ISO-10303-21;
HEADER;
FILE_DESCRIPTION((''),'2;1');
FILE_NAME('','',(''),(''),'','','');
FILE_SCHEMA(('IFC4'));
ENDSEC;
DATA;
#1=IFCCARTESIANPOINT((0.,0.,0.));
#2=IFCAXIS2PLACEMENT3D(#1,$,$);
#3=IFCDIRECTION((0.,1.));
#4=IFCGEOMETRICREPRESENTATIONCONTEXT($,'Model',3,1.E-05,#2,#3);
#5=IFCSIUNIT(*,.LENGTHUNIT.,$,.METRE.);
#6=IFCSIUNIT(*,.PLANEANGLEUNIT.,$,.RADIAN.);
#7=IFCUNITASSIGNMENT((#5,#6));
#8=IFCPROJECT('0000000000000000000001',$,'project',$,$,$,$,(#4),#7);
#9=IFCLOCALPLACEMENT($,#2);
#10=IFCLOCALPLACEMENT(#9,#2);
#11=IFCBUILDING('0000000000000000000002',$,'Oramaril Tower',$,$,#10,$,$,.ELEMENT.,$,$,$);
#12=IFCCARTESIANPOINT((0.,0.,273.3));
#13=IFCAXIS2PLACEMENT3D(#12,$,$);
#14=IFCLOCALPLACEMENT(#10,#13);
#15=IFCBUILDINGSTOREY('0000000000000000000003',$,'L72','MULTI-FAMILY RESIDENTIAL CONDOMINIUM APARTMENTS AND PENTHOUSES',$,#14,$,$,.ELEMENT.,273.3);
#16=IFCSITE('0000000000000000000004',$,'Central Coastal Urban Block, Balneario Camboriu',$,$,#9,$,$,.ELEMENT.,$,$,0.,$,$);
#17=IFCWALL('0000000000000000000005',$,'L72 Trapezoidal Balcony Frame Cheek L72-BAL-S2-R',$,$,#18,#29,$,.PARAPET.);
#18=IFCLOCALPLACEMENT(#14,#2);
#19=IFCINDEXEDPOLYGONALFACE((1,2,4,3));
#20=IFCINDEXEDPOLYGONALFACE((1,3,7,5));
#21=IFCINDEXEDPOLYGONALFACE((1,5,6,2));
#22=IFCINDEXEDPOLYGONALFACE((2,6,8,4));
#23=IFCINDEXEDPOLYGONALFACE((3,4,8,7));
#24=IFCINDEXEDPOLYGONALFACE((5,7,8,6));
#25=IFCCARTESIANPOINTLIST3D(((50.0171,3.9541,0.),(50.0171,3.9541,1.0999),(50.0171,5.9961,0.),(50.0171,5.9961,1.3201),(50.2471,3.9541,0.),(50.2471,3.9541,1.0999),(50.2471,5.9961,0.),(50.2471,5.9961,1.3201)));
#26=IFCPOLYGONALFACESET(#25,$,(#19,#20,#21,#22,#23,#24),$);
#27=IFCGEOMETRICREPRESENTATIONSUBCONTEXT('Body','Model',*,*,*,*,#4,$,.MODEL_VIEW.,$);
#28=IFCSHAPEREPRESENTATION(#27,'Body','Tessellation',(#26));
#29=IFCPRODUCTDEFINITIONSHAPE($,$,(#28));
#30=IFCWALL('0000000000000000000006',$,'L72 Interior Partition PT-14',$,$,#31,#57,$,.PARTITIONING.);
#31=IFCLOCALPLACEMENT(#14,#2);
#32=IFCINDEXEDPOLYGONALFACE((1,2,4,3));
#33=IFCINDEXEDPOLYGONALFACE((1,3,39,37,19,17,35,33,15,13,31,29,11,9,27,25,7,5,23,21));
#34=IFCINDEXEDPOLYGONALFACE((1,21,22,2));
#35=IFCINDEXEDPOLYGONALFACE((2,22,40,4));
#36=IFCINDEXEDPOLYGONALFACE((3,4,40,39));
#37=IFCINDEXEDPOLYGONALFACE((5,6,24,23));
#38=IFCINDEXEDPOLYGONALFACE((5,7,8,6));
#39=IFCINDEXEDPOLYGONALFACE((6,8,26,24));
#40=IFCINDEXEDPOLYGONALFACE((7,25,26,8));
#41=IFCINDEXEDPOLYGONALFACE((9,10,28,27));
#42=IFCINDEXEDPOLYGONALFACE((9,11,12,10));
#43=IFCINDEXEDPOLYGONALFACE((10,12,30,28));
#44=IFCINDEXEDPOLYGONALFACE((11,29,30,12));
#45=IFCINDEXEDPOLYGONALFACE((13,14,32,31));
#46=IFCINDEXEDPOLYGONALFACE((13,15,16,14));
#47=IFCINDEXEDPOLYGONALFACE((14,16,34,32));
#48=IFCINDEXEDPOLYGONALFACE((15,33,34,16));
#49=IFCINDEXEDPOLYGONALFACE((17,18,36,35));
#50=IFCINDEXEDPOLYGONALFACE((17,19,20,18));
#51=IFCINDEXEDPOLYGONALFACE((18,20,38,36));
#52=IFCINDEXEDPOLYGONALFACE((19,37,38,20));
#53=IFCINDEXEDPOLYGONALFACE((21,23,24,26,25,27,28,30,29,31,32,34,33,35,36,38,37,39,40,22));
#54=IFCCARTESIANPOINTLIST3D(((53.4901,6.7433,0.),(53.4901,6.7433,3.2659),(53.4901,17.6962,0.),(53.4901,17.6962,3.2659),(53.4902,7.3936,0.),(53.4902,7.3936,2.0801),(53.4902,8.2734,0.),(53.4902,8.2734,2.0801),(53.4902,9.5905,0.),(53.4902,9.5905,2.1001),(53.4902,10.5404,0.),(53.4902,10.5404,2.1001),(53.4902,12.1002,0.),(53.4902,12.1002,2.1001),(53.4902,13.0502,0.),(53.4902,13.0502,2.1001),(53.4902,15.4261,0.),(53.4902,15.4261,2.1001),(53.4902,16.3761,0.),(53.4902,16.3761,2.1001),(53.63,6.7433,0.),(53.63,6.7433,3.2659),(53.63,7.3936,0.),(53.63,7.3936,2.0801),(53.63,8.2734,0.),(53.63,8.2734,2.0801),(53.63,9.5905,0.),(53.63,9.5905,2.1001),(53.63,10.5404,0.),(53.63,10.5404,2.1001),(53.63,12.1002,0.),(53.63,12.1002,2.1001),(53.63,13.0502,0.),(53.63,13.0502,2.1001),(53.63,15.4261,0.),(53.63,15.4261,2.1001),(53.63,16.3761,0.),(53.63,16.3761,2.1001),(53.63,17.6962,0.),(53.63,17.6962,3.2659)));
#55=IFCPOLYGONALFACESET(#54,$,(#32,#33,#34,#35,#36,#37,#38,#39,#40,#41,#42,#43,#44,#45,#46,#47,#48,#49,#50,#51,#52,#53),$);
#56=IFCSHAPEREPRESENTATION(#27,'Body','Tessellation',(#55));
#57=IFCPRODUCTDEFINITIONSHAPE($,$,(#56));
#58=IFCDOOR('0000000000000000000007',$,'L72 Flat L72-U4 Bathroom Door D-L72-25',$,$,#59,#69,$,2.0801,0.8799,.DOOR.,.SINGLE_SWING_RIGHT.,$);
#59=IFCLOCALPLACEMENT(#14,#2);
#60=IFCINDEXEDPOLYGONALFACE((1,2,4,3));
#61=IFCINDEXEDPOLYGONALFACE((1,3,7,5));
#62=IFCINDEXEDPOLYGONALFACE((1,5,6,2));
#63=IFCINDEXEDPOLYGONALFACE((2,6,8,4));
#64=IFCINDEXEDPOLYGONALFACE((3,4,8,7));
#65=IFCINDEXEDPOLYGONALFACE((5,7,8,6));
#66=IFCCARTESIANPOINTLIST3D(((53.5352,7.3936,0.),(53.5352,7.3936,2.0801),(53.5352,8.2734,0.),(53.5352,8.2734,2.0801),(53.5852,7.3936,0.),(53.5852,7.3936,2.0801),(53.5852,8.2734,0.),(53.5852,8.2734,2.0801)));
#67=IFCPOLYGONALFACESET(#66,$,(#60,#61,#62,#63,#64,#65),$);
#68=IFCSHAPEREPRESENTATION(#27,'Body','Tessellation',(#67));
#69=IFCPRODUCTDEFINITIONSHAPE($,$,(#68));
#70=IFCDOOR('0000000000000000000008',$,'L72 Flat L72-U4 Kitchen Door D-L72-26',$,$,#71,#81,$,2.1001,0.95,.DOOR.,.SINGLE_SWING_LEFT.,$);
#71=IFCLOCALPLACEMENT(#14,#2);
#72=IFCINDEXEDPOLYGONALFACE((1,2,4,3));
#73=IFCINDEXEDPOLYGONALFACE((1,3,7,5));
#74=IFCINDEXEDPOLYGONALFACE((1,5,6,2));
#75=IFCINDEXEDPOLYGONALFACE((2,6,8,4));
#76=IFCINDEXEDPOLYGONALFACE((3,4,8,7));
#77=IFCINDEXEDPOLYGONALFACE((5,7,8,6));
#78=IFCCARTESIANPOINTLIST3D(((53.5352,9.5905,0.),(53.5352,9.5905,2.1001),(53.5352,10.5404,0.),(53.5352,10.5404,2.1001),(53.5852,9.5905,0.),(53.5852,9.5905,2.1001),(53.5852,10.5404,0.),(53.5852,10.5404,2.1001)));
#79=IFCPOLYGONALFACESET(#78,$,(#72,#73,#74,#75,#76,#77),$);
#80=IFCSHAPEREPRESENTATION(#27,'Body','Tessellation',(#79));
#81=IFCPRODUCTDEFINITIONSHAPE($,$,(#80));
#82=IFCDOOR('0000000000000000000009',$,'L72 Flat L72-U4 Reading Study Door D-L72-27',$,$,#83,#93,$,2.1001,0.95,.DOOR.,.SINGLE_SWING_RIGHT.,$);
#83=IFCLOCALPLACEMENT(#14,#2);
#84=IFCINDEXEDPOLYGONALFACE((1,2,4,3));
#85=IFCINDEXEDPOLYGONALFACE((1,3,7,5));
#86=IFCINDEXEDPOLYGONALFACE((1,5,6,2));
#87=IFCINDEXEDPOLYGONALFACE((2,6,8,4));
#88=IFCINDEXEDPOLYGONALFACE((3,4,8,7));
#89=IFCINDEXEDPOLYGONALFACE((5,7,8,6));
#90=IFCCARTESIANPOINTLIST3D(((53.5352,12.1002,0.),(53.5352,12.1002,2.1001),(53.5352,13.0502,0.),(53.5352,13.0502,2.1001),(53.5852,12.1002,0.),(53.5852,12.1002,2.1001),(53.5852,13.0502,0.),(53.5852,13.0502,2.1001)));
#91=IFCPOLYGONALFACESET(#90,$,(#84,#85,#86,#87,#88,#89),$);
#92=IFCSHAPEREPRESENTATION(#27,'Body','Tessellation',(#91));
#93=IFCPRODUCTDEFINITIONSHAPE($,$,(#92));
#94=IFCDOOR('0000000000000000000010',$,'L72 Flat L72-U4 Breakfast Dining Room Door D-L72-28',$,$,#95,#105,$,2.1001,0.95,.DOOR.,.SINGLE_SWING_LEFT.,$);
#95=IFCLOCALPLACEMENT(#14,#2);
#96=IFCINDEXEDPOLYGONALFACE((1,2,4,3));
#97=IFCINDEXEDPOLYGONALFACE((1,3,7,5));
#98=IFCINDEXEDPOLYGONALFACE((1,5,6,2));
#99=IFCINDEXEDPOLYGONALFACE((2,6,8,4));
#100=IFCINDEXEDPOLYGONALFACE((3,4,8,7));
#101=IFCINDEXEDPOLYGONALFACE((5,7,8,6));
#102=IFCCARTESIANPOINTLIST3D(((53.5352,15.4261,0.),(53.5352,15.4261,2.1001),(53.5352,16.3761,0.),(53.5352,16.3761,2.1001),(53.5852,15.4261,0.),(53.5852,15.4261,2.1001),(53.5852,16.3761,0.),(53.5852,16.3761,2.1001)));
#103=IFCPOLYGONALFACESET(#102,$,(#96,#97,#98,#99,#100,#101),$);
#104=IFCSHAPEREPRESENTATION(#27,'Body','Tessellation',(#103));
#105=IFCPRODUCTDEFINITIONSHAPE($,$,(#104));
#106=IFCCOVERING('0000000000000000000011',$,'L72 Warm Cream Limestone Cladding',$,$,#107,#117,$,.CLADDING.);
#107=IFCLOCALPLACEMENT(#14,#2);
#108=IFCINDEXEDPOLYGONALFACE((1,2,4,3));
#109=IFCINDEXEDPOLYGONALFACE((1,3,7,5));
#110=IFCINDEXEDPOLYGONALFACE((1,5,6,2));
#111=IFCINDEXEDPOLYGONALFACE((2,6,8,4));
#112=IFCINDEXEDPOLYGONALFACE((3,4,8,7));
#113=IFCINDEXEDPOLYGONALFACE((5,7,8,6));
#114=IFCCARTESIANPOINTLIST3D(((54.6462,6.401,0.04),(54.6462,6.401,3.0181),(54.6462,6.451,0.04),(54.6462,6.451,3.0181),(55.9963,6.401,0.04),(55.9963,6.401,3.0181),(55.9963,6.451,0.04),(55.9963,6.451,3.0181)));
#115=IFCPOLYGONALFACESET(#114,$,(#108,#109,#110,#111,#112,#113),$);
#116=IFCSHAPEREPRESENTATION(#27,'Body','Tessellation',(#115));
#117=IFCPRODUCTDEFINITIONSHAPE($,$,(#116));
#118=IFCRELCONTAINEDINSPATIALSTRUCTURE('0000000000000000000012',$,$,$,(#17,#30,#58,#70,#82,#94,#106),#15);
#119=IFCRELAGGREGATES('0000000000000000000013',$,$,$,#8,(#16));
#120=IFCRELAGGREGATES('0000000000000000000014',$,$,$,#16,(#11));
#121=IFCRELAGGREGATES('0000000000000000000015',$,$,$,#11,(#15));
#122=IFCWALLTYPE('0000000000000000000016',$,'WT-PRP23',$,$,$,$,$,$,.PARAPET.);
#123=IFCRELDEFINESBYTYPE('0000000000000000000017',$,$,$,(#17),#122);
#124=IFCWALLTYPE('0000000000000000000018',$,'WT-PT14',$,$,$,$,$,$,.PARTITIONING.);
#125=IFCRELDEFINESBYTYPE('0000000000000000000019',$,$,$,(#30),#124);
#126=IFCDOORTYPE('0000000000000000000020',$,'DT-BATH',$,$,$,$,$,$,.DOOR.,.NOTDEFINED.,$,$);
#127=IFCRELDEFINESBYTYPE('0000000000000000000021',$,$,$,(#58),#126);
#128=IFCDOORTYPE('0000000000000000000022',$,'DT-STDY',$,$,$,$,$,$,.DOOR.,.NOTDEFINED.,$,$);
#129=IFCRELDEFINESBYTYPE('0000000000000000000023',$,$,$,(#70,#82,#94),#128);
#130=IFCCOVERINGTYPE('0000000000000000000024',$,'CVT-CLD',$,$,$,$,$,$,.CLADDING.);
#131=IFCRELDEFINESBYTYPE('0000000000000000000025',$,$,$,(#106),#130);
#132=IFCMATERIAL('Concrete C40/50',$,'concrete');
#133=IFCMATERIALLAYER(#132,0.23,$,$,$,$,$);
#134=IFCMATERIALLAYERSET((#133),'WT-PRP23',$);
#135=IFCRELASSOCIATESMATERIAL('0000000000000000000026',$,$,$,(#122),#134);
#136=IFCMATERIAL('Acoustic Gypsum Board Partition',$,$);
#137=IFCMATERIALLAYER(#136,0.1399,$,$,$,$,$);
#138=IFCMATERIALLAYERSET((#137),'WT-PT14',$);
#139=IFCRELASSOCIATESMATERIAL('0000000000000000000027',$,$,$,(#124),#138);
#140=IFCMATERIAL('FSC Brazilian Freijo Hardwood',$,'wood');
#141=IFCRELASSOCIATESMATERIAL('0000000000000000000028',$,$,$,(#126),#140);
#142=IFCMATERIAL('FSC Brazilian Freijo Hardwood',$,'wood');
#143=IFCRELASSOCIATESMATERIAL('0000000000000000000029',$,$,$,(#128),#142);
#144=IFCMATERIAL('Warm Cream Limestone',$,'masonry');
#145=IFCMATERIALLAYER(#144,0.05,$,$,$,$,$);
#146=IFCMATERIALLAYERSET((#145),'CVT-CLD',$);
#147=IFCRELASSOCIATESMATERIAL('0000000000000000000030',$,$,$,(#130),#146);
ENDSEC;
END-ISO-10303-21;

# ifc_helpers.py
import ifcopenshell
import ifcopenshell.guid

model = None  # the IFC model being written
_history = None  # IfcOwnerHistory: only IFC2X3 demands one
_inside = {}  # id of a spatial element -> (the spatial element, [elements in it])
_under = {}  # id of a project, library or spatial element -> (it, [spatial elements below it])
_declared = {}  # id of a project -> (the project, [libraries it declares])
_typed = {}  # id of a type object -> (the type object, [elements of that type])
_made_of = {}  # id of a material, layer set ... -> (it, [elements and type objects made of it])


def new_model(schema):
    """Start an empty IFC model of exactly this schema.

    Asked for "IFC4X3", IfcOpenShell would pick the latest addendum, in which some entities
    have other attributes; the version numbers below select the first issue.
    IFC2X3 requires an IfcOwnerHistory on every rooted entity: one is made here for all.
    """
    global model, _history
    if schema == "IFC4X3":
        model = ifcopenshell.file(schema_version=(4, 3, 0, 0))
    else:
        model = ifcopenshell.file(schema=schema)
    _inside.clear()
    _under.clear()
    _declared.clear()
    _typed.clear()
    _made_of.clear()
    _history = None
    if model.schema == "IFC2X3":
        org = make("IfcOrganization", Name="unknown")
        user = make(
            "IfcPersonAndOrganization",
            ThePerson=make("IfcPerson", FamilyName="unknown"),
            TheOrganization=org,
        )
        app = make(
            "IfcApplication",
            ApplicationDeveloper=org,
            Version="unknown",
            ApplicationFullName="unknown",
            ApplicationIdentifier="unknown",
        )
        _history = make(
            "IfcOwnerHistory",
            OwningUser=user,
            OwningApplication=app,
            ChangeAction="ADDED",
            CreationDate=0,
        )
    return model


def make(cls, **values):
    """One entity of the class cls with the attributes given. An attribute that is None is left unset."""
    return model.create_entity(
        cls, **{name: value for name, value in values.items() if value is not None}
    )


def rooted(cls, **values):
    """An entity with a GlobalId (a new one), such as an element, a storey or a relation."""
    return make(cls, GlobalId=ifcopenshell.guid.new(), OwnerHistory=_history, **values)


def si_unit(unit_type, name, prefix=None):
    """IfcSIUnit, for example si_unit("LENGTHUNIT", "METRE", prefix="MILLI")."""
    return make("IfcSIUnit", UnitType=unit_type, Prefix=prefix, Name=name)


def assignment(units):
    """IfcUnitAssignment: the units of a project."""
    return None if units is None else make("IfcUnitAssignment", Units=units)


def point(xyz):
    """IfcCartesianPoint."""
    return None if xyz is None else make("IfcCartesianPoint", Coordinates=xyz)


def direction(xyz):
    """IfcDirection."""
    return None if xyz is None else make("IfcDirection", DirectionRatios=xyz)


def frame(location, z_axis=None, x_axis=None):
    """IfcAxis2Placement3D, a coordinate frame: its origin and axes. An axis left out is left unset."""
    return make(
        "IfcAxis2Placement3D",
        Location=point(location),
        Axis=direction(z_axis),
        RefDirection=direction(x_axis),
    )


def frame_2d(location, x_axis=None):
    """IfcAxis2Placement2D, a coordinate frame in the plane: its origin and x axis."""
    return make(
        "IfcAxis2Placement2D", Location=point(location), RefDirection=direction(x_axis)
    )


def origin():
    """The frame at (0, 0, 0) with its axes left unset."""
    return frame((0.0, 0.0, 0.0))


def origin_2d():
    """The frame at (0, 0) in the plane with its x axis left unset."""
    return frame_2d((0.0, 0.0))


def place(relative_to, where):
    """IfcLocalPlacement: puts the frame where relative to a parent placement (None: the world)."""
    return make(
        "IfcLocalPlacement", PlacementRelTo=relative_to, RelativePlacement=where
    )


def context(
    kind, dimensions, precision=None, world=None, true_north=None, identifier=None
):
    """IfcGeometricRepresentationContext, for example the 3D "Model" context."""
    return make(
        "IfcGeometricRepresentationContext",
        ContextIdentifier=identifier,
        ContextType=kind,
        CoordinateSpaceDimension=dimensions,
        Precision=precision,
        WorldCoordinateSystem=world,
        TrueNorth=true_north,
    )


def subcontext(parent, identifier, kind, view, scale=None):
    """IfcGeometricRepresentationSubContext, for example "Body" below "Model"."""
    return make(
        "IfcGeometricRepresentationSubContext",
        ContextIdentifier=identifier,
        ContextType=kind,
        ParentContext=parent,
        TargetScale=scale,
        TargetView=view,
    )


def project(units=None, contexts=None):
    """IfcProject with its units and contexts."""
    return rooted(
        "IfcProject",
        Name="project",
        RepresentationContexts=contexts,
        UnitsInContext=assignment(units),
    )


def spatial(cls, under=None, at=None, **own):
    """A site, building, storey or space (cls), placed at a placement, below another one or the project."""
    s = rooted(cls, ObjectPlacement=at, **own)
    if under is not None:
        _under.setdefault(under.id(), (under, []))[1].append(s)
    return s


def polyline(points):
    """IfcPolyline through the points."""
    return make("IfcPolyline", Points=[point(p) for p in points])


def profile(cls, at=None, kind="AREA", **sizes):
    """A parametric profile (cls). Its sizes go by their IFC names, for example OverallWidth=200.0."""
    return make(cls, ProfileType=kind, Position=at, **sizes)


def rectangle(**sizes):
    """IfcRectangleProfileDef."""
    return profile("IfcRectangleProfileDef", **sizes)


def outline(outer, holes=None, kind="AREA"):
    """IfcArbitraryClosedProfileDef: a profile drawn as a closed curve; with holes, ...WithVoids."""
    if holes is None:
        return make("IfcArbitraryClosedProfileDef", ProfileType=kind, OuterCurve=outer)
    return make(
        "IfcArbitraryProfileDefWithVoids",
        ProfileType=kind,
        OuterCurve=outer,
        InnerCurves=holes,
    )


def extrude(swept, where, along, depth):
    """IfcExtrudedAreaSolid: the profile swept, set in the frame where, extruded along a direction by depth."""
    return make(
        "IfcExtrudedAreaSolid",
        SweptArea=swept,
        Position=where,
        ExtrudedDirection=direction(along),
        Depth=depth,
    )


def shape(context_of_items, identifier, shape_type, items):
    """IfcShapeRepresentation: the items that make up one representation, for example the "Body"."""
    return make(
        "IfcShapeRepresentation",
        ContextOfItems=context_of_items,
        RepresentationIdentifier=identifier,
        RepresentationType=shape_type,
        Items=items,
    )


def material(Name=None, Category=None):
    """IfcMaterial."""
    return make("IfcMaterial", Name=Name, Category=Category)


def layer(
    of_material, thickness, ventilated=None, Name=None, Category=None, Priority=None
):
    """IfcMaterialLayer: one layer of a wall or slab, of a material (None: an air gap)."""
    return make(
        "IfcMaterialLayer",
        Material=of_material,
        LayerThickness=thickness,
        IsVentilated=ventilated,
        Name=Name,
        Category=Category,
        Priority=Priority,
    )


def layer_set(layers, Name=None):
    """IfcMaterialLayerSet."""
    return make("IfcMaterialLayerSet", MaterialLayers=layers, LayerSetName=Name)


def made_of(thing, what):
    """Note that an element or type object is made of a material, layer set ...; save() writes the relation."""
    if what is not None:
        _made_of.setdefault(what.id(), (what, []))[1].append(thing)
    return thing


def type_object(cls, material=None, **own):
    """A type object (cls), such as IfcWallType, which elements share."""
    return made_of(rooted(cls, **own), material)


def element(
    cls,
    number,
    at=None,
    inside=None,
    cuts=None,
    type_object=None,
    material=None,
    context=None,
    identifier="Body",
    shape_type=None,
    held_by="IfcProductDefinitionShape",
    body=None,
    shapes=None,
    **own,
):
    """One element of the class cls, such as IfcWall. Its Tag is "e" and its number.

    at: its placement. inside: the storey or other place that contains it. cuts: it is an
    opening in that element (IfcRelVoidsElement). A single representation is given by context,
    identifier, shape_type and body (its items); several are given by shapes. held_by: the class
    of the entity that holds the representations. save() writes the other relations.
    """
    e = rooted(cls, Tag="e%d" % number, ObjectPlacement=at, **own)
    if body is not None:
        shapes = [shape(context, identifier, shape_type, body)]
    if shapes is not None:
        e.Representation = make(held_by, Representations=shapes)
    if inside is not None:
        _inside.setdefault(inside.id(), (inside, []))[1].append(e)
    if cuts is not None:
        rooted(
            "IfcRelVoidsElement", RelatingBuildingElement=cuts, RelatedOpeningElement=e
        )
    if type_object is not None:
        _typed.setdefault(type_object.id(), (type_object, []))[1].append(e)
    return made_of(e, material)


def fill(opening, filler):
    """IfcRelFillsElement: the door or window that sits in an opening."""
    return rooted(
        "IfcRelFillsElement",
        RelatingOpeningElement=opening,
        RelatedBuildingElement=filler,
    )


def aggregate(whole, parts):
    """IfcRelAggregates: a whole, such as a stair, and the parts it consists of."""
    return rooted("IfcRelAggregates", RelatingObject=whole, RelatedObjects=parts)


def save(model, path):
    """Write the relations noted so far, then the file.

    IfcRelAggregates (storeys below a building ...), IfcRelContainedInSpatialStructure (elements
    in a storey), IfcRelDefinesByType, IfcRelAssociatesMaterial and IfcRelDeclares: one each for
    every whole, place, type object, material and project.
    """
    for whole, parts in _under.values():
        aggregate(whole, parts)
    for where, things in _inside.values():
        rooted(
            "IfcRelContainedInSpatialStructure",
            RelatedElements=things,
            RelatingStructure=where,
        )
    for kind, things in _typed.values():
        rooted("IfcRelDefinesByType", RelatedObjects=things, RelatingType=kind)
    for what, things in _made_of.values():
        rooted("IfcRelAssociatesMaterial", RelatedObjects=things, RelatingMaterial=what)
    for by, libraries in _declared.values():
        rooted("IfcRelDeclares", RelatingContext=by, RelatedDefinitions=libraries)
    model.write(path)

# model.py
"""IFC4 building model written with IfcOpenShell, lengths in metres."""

from ifc_helpers import new_model, si_unit, direction, frame, frame_2d, origin, origin_2d, place, context, subcontext, project, spatial, polyline, rectangle, outline, extrude, material, layer, layer_set, type_object, element, fill, save


model = new_model("IFC4")

# Units and contexts
model_context = context("Model", 3, precision=1e-05, world=origin(), true_north=direction((0.0, 1.0)))
body_context = subcontext(model_context, "Body", "Model", "MODEL_VIEW")
ifc_project = project(units=[si_unit("LENGTHUNIT", "METRE"), si_unit("PLANEANGLEUNIT", "RADIAN")], contexts=[model_context])

# Site, building, storey
site_placement = place(None, origin())
site = spatial("IfcSite", under=ifc_project, at=site_placement, Name="Central Coastal Urban Block, Balneario Camboriu", CompositionType="ELEMENT", RefElevation=0.0)
building_placement = place(site_placement, origin())
building = spatial("IfcBuilding", under=site, at=building_placement, Name="Oramaril Tower", CompositionType="ELEMENT")
storey_placement = place(building_placement, frame((0.0, 0.0, 273.3)))
storey = spatial("IfcBuildingStorey", under=building, at=storey_placement, Name="L72", Description="MULTI-FAMILY RESIDENTIAL CONDOMINIUM APARTMENTS AND PENTHOUSES", CompositionType="ELEMENT", Elevation=273.3)

# Wall
ifc_material_1 = material(Name="Concrete C40/50", Category="concrete")
ifc_layer_1 = layer(ifc_material_1, 0.23)
ifc_layer_set_1 = layer_set([ifc_layer_1], Name="WT-PRP23")
wall_type_1 = type_object("IfcWallType", Name="WT-PRP23", PredefinedType="PARAPET", material=ifc_layer_set_1)
wall_1_placement = place(storey_placement, frame((50.1321, 5.9961, 0.0), z_axis=(0.0, 0.0, 1.0), x_axis=(0.0, -1.0, 0.0)))
element("IfcWall", 1, at=wall_1_placement, inside=storey, type_object=wall_type_1, Name="L72 Trapezoidal Balcony Frame Cheek L72-BAL-S2-R", PredefinedType="PARAPET", context=body_context, shape_type="SweptSolid", body=[
    extrude(outline(polyline([(0.0, 0.0), (2.042, 0.0), (2.042, 1.0999), (0.0, 1.3201), (0.0, 0.0)])), frame((0.0, 0.115, 0.0), z_axis=(0.0, -1.0, 0.0), x_axis=(1.0, 0.0, 0.0)), (0.0, 0.0, 1.0), 0.23),
])

# Wall, openings, doors
ifc_material_2 = material(Name="Acoustic Gypsum Board Partition")
ifc_layer_2 = layer(ifc_material_2, 0.1399)
ifc_layer_set_2 = layer_set([ifc_layer_2], Name="WT-PT14")
wall_type_2 = type_object("IfcWallType", Name="WT-PT14", PredefinedType="PARTITIONING", material=ifc_layer_set_2)
wall_2_placement = place(storey_placement, frame((53.5601, 6.7432, 0.0), z_axis=(0.0, 0.0, 1.0), x_axis=(0.0, 1.0, 0.0)))
wall_2 = element("IfcWall", 2, at=wall_2_placement, inside=storey, type_object=wall_type_2, Name="L72 Interior Partition PT-14", PredefinedType="PARTITIONING", context=body_context, shape_type="SweptSolid", body=[
    extrude(rectangle(XDim=10.9529, YDim=0.1399, at=frame_2d((5.4766, 0.0))), origin(), (0.0, 0.0, 1.0), 3.2659),
])
opening_1_placement = place(wall_2_placement, frame((0.6504, 0.0, 0.0)))
opening_1 = element("IfcOpeningElement", 3, at=opening_1_placement, cuts=wall_2, PredefinedType="OPENING", context=body_context, shape_type="SweptSolid", body=[
    extrude(rectangle(XDim=0.8799, YDim=2.0801, at=frame_2d((0.4399, 1.04))), frame((0.0, 0.0698, 0.0), z_axis=(0.0, -1.0, 0.0), x_axis=(1.0, 0.0, 0.0)), (0.0, 0.0, 1.0), 0.1399),
])
opening_2_placement = place(wall_2_placement, frame((2.8472, 0.0, 0.0)))
opening_2 = element("IfcOpeningElement", 4, at=opening_2_placement, cuts=wall_2, PredefinedType="OPENING", context=body_context, shape_type="SweptSolid", body=[
    extrude(rectangle(XDim=0.95, YDim=2.1001, at=frame_2d((0.4751, 1.05))), frame((0.0, 0.0698, 0.0), z_axis=(0.0, -1.0, 0.0), x_axis=(1.0, 0.0, 0.0)), (0.0, 0.0, 1.0), 0.1399),
])
opening_3_placement = place(wall_2_placement, frame((5.3569, 0.0, 0.0)))
opening_3 = element("IfcOpeningElement", 5, at=opening_3_placement, cuts=wall_2, PredefinedType="OPENING", context=body_context, shape_type="SweptSolid", body=[
    extrude(rectangle(XDim=0.95, YDim=2.1001, at=frame_2d((0.4751, 1.05))), frame((0.0, 0.0698, 0.0), z_axis=(0.0, -1.0, 0.0), x_axis=(1.0, 0.0, 0.0)), (0.0, 0.0, 1.0), 0.1399),
])
opening_4_placement = place(wall_2_placement, frame((8.6829, 0.0, 0.0)))
opening_4 = element("IfcOpeningElement", 6, at=opening_4_placement, cuts=wall_2, PredefinedType="OPENING", context=body_context, shape_type="SweptSolid", body=[
    extrude(rectangle(XDim=0.95, YDim=2.1001, at=frame_2d((0.4751, 1.05))), frame((0.0, 0.0698, 0.0), z_axis=(0.0, -1.0, 0.0), x_axis=(1.0, 0.0, 0.0)), (0.0, 0.0, 1.0), 0.1399),
])
ifc_material_3 = material(Name="FSC Brazilian Freijo Hardwood", Category="wood")
door_type_1 = type_object("IfcDoorType", Name="DT-BATH", OperationType="NOTDEFINED", PredefinedType="DOOR", material=ifc_material_3)
door_1_placement = place(opening_1_placement, origin())
door_1 = element("IfcDoor", 7, at=door_1_placement, inside=storey, type_object=door_type_1, Name="L72 Flat L72-U4 Bathroom Door D-L72-25", OperationType="SINGLE_SWING_RIGHT", OverallHeight=2.0801, OverallWidth=0.8799, PredefinedType="DOOR", context=body_context, shape_type="SweptSolid", body=[
    extrude(rectangle(XDim=0.8799, YDim=2.0801, at=frame_2d((0.4399, 1.04))), frame((0.0, 0.0249, 0.0), z_axis=(0.0, -1.0, 0.0), x_axis=(1.0, 0.0, 0.0)), (0.0, 0.0, 1.0), 0.05),
])
fill(opening_1, door_1)
ifc_material_4 = material(Name="FSC Brazilian Freijo Hardwood", Category="wood")
door_type_2 = type_object("IfcDoorType", Name="DT-STDY", OperationType="NOTDEFINED", PredefinedType="DOOR", material=ifc_material_4)
door_2_placement = place(opening_2_placement, origin())
door_2 = element("IfcDoor", 8, at=door_2_placement, inside=storey, type_object=door_type_2, Name="L72 Flat L72-U4 Kitchen Door D-L72-26", OperationType="SINGLE_SWING_LEFT", OverallHeight=2.1001, OverallWidth=0.95, PredefinedType="DOOR", context=body_context, shape_type="SweptSolid", body=[
    extrude(rectangle(XDim=0.95, YDim=2.1001, at=frame_2d((0.4751, 1.05))), frame((0.0, 0.0249, 0.0), z_axis=(0.0, -1.0, 0.0), x_axis=(1.0, 0.0, 0.0)), (0.0, 0.0, 1.0), 0.05),
])
fill(opening_2, door_2)
door_3_placement = place(opening_3_placement, origin())
door_3 = element("IfcDoor", 9, at=door_3_placement, inside=storey, type_object=door_type_2, Name="L72 Flat L72-U4 Reading Study Door D-L72-27", OperationType="SINGLE_SWING_RIGHT", OverallHeight=2.1001, OverallWidth=0.95, PredefinedType="DOOR", context=body_context, shape_type="SweptSolid", body=[
    extrude(rectangle(XDim=0.95, YDim=2.1001, at=frame_2d((0.4751, 1.05))), frame((0.0, 0.0249, 0.0), z_axis=(0.0, -1.0, 0.0), x_axis=(1.0, 0.0, 0.0)), (0.0, 0.0, 1.0), 0.05),
])
fill(opening_3, door_3)
door_4_placement = place(opening_4_placement, origin())
door_4 = element("IfcDoor", 10, at=door_4_placement, inside=storey, type_object=door_type_2, Name="L72 Flat L72-U4 Breakfast Dining Room Door D-L72-28", OperationType="SINGLE_SWING_LEFT", OverallHeight=2.1001, OverallWidth=0.95, PredefinedType="DOOR", context=body_context, shape_type="SweptSolid", body=[
    extrude(rectangle(XDim=0.95, YDim=2.1001, at=frame_2d((0.4751, 1.05))), frame((0.0, 0.0249, 0.0), z_axis=(0.0, -1.0, 0.0), x_axis=(1.0, 0.0, 0.0)), (0.0, 0.0, 1.0), 0.05),
])
fill(opening_4, door_4)

# Covering
ifc_material_5 = material(Name="Warm Cream Limestone", Category="masonry")
ifc_layer_3 = layer(ifc_material_5, 0.05)
ifc_layer_set_3 = layer_set([ifc_layer_3], Name="CVT-CLD")
covering_type = type_object("IfcCoveringType", Name="CVT-CLD", PredefinedType="CLADDING", material=ifc_layer_set_3)
covering_placement = place(storey_placement, frame((55.3213, 6.426, 0.04), z_axis=(0.0, 0.0, 1.0), x_axis=(1.0, 0.0, 0.0)))
element("IfcCovering", 11, at=covering_placement, inside=storey, type_object=covering_type, Name="L72 Warm Cream Limestone Cladding", PredefinedType="CLADDING", context=body_context, shape_type="SweptSolid", body=[
    extrude(rectangle(XDim=1.3501, YDim=0.05, at=origin_2d()), origin(), (0.0, 0.0, 1.0), 2.978),
])

save(model, "model.ifc")
